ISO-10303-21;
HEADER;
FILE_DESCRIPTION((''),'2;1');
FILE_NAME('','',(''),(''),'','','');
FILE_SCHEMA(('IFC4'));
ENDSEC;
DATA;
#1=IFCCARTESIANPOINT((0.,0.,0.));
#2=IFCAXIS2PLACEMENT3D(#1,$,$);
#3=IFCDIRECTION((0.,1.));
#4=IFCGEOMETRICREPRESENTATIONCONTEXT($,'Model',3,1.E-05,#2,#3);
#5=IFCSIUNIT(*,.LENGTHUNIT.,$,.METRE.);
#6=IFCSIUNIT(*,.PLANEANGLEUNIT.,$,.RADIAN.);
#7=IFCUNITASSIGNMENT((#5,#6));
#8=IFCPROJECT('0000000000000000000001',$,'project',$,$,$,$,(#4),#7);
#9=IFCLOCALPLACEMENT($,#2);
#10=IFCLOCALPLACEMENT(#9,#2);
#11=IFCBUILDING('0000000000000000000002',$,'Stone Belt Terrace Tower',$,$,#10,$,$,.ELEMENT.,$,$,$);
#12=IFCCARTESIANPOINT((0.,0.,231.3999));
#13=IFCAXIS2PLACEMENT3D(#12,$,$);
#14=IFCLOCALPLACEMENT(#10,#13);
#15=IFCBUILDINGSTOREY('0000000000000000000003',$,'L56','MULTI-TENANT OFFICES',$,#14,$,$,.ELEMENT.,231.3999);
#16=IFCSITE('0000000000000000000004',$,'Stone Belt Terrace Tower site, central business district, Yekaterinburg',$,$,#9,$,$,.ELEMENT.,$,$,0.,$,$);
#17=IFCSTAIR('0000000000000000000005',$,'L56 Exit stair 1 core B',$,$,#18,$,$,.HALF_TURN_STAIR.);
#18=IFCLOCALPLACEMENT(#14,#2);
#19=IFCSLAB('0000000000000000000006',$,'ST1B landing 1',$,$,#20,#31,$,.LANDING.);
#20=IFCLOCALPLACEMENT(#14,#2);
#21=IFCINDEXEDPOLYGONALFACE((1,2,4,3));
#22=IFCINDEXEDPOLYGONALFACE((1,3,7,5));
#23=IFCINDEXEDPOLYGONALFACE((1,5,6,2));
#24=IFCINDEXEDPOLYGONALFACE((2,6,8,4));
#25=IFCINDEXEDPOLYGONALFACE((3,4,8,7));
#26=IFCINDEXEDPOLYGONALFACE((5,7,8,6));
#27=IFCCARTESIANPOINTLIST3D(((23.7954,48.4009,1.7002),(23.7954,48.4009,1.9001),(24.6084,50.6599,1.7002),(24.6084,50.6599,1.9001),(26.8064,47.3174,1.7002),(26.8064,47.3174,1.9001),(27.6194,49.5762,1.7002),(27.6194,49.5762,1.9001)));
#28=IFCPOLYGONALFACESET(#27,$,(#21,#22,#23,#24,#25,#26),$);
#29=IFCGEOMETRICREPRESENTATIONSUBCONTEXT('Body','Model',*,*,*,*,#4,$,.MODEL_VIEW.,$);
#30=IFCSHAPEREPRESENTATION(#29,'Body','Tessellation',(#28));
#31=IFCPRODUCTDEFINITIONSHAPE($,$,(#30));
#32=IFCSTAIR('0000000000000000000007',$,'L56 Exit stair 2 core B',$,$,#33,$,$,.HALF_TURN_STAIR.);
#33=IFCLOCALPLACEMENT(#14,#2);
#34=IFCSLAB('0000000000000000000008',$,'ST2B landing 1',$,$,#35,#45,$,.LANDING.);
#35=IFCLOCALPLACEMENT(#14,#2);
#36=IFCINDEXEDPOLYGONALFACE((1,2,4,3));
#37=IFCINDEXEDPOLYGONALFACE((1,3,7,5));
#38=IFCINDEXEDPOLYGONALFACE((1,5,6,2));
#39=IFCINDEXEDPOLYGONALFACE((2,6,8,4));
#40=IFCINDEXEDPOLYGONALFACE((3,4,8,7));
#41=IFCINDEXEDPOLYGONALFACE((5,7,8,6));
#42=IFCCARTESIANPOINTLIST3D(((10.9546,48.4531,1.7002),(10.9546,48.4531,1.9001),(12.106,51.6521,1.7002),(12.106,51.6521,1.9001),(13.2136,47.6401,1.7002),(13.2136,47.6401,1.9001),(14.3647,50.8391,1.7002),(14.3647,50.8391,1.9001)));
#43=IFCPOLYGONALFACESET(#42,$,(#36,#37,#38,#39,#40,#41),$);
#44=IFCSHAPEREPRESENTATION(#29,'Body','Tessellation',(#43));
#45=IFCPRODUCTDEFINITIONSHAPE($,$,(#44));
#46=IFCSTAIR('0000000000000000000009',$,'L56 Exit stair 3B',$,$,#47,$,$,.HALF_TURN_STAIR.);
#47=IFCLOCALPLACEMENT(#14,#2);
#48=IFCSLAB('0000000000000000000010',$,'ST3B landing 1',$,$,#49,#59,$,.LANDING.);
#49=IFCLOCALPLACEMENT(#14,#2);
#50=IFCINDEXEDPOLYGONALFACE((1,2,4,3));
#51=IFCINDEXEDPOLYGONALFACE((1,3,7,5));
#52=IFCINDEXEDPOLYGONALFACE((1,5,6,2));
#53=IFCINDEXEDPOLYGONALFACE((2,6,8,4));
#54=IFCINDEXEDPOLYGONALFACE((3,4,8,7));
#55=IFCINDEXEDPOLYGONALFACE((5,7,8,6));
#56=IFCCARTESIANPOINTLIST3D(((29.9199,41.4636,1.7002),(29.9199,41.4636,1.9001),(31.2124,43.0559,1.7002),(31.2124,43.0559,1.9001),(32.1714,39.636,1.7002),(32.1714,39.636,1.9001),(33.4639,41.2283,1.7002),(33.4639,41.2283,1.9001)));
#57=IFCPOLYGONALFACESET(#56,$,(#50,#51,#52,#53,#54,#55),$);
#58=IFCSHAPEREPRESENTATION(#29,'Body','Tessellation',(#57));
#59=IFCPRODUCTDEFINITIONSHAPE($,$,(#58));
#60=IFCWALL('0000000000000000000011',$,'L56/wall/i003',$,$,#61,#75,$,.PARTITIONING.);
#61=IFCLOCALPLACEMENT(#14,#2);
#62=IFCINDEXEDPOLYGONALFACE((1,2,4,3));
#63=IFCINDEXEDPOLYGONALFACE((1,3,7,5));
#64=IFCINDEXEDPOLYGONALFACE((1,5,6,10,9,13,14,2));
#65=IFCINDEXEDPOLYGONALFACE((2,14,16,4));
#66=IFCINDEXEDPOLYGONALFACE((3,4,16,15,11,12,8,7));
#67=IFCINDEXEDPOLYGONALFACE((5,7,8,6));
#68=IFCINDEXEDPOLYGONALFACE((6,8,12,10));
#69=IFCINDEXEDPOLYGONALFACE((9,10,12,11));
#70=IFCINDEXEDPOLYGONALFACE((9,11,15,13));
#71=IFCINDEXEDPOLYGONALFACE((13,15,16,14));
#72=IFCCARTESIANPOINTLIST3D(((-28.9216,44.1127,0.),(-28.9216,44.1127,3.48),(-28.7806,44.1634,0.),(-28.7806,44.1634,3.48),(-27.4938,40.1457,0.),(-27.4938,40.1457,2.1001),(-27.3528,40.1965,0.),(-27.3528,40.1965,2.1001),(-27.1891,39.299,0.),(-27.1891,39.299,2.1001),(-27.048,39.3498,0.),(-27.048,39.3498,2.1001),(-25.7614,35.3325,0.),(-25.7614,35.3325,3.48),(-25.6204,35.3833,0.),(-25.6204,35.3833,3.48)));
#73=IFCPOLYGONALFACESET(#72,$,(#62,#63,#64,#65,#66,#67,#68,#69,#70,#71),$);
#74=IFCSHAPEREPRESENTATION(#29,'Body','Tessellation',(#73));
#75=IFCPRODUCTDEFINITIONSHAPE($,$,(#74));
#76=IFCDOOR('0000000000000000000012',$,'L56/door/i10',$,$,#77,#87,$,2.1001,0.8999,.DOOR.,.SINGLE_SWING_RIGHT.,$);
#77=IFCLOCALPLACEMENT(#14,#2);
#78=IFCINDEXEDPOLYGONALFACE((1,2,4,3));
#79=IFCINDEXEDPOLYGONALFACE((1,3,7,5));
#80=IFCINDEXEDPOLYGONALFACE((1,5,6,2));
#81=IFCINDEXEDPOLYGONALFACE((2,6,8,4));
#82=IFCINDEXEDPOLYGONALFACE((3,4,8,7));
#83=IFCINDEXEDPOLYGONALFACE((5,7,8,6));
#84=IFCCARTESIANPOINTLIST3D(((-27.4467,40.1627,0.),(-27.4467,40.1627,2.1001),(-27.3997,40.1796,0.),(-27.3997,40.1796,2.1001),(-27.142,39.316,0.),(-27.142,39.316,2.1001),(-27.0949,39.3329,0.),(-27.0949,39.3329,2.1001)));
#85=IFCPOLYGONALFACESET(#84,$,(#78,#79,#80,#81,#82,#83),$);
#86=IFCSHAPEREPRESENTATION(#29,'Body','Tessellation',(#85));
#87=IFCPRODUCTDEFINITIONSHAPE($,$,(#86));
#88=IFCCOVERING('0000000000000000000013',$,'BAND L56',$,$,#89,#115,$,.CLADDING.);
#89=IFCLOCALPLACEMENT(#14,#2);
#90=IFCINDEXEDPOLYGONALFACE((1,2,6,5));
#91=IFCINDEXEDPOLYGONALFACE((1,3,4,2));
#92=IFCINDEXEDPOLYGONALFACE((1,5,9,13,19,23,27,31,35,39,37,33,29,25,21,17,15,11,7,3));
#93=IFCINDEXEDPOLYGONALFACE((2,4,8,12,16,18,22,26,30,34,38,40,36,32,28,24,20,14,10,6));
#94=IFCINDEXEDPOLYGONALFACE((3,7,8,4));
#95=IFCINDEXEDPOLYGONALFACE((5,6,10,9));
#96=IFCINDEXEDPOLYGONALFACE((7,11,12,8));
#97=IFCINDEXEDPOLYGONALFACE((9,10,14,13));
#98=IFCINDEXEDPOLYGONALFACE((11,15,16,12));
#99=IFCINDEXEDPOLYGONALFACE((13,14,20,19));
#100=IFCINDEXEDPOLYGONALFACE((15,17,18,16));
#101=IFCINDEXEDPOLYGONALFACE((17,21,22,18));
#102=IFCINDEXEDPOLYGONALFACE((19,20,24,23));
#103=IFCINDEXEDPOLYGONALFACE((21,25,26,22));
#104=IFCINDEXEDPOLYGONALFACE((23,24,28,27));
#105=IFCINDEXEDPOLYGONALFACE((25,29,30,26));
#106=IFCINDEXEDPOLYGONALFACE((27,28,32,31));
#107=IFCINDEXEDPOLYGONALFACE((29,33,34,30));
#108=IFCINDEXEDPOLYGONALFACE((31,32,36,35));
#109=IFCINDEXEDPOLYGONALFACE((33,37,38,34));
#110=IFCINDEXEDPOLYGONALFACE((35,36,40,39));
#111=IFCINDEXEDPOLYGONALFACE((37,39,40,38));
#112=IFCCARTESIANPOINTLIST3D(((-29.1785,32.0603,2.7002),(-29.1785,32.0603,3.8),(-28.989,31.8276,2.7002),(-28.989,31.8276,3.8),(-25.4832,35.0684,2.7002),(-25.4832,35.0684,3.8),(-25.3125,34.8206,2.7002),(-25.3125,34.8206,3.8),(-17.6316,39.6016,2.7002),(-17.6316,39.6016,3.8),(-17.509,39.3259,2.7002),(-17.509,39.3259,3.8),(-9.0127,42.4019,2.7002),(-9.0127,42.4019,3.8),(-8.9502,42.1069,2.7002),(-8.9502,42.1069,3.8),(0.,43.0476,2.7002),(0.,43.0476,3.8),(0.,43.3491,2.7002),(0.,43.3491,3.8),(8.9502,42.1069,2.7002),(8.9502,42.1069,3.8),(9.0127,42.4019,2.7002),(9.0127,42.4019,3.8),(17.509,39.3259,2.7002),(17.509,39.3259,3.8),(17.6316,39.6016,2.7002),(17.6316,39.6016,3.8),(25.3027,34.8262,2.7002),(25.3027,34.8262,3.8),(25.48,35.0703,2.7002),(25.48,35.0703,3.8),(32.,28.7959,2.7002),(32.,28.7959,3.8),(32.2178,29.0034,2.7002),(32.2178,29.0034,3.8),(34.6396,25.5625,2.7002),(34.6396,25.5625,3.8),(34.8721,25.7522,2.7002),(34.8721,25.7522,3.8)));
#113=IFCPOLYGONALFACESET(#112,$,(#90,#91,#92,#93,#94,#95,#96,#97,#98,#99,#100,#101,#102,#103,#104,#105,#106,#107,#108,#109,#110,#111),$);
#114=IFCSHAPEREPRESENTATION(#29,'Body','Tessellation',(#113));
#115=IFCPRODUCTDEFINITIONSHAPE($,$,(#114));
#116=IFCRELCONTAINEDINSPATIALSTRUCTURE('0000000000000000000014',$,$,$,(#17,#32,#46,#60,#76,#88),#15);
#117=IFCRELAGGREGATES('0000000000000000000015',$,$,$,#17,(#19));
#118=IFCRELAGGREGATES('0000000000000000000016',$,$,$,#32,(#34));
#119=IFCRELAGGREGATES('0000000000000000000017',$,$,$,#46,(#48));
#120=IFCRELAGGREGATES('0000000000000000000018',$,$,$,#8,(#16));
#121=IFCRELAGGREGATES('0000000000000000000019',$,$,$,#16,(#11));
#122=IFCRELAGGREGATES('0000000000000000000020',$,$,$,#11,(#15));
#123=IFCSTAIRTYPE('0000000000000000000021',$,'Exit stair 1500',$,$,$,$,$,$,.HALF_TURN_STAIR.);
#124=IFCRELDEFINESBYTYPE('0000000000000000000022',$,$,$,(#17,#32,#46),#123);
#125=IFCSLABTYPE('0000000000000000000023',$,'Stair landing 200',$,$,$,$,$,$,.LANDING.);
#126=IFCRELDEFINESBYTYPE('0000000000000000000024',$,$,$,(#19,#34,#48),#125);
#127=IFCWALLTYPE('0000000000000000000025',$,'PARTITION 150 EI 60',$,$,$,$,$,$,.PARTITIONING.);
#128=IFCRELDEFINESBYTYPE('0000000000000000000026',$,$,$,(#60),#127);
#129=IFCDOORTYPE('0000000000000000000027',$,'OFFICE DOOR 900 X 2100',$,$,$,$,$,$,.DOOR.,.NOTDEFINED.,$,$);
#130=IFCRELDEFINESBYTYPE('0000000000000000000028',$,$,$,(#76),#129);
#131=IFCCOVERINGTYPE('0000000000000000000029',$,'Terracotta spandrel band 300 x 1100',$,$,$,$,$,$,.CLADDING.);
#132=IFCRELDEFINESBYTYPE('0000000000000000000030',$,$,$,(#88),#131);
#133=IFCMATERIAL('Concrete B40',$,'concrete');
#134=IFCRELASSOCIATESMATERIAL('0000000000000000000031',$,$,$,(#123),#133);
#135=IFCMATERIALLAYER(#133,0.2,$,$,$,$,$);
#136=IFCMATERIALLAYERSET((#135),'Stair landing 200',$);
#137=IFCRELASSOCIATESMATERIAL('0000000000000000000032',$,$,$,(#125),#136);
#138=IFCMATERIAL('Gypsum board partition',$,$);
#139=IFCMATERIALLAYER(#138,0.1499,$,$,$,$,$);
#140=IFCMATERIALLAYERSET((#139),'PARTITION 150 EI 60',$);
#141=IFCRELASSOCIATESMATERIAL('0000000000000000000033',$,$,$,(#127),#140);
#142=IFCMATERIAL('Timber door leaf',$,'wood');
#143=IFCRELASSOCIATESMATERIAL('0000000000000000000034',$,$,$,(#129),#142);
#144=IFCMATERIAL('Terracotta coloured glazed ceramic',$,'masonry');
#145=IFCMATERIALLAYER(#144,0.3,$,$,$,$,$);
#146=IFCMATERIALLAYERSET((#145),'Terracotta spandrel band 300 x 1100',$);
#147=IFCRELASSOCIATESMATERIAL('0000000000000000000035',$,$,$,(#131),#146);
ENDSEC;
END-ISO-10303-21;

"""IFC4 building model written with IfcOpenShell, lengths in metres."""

from ifc_helpers import new_model, si_unit, direction, frame, frame_2d, origin, place, context, subcontext, project, spatial, polyline, rectangle, outline, extrude, material, layer, layer_set, type_object, element, fill, aggregate, save


model = new_model("IFC4")

# Units and contexts
model_context = context("Model", 3, precision=1e-05, world=origin(), true_north=direction((0.0, 1.0)))
body_context = subcontext(model_context, "Body", "Model", "MODEL_VIEW")
ifc_project = project(units=[si_unit("LENGTHUNIT", "METRE"), si_unit("PLANEANGLEUNIT", "RADIAN")], contexts=[model_context])

# Site, building, storey
site_placement = place(None, origin())
site = spatial("IfcSite", under=ifc_project, at=site_placement, Name="Stone Belt Terrace Tower site, central business district, Yekaterinburg", CompositionType="ELEMENT", RefElevation=0.0)
building_placement = place(site_placement, origin())
building = spatial("IfcBuilding", under=site, at=building_placement, Name="Stone Belt Terrace Tower", CompositionType="ELEMENT")
storey_placement = place(building_placement, frame((0.0, 0.0, 231.3999)))
storey = spatial("IfcBuildingStorey", under=building, at=storey_placement, Name="L56", Description="MULTI-TENANT OFFICES", CompositionType="ELEMENT", Elevation=231.3999)

# Shared definitions
ifc_material_1 = material(Name="Concrete B40", Category="concrete")

# Stairs, slabs
stair_type = type_object("IfcStairType", Name="Exit stair 1500", PredefinedType="HALF_TURN_STAIR", material=ifc_material_1)
ifc_layer_1 = layer(ifc_material_1, 0.2)
ifc_layer_set_1 = layer_set([ifc_layer_1], Name="Stair landing 200")
slab_type_1 = type_object("IfcSlabType", Name="Stair landing 200", PredefinedType="LANDING", material=ifc_layer_set_1)
stair_1_placement = place(storey_placement, origin())
stair_1 = element("IfcStair", 1, at=stair_1_placement, inside=storey, type_object=stair_type, Name="L56 Exit stair 1 core B", PredefinedType="HALF_TURN_STAIR")
slab_1_placement = place(storey_placement, frame((0.0, 0.0, 1.7002)))
slab_1 = element("IfcSlab", 2, at=slab_1_placement, type_object=slab_type_1, Name="ST1B landing 1", PredefinedType="LANDING", context=body_context, shape_type="SweptSolid", body=[
    extrude(outline(polyline([(26.8064, 47.3174), (27.6194, 49.5762), (24.6084, 50.6599), (23.7954, 48.4009), (26.8064, 47.3174)])), origin(), (0.0, 0.0, 1.0), 0.2),
])
aggregate(stair_1, [slab_1])
stair_2_placement = place(storey_placement, origin())
stair_2 = element("IfcStair", 3, at=stair_2_placement, inside=storey, type_object=stair_type, Name="L56 Exit stair 2 core B", PredefinedType="HALF_TURN_STAIR")
slab_2_placement = place(storey_placement, frame((0.0, 0.0, 1.7002)))
slab_2 = element("IfcSlab", 4, at=slab_2_placement, type_object=slab_type_1, Name="ST2B landing 1", PredefinedType="LANDING", context=body_context, shape_type="SweptSolid", body=[
    extrude(outline(polyline([(14.3647, 50.8391), (12.106, 51.6521), (10.9546, 48.4531), (13.2136, 47.6401), (14.3647, 50.8391)])), origin(), (0.0, 0.0, 1.0), 0.2),
])
aggregate(stair_2, [slab_2])
stair_3_placement = place(storey_placement, origin())
stair_3 = element("IfcStair", 5, at=stair_3_placement, inside=storey, type_object=stair_type, Name="L56 Exit stair 3B", PredefinedType="HALF_TURN_STAIR")
slab_3_placement = place(storey_placement, frame((0.0, 0.0, 1.7002)))
slab_3 = element("IfcSlab", 6, at=slab_3_placement, type_object=slab_type_1, Name="ST3B landing 1", PredefinedType="LANDING", context=body_context, shape_type="SweptSolid", body=[
    extrude(outline(polyline([(32.1714, 39.636), (33.4639, 41.2283), (31.2124, 43.0559), (29.9199, 41.4636), (32.1714, 39.636)])), origin(), (0.0, 0.0, 1.0), 0.2),
])
aggregate(stair_3, [slab_3])

# Wall, opening, door
ifc_material_2 = material(Name="Gypsum board partition")
ifc_layer_2 = layer(ifc_material_2, 0.1499)
ifc_layer_set_2 = layer_set([ifc_layer_2], Name="PARTITION 150 EI 60")
wall_type = type_object("IfcWallType", Name="PARTITION 150 EI 60", PredefinedType="PARTITIONING", material=ifc_layer_set_2)
wall_placement = place(storey_placement, frame((-25.6909, 35.3579, 0.0), z_axis=(0.0, 0.0, 1.0), x_axis=(-0.338657, 0.94091, 0.0)))
wall = element("IfcWall", 7, at=wall_placement, inside=storey, type_object=wall_type, Name="L56/wall/i003", PredefinedType="PARTITIONING", context=body_context, shape_type="SweptSolid", body=[
    extrude(rectangle(XDim=9.3315, YDim=0.1499, at=frame_2d((4.6658, 0.0))), origin(), (0.0, 0.0, 1.0), 3.48),
])
opening_placement = place(wall_placement, frame((4.2156, 0.0, 0.0)))
opening = element("IfcOpeningElement", 8, at=opening_placement, cuts=wall, PredefinedType="OPENING", context=body_context, shape_type="SweptSolid", body=[
    extrude(rectangle(XDim=0.8999, YDim=2.1001, at=frame_2d((0.45, 1.05))), frame((0.0, 0.085, 0.0), z_axis=(0.0, -1.0, 0.0), x_axis=(1.0, 0.0, 0.0)), (0.0, 0.0, 1.0), 0.1699),
])
ifc_material_3 = material(Name="Timber door leaf", Category="wood")
door_type = type_object("IfcDoorType", Name="OFFICE DOOR 900 X 2100", OperationType="NOTDEFINED", PredefinedType="DOOR", material=ifc_material_3)
door_placement = place(opening_placement, origin())
door = element("IfcDoor", 9, at=door_placement, inside=storey, type_object=door_type, Name="L56/door/i10", OperationType="SINGLE_SWING_RIGHT", OverallHeight=2.1001, OverallWidth=0.8999, PredefinedType="DOOR", context=body_context, shape_type="SweptSolid", body=[
    extrude(rectangle(XDim=0.8999, YDim=2.1001, at=frame_2d((0.45, 1.05))), frame((0.0, 0.0249, 0.0), z_axis=(0.0, -1.0, 0.0), x_axis=(1.0, 0.0, 0.0)), (0.0, 0.0, 1.0), 0.05),
])
fill(opening, door)

# Covering
ifc_material_4 = material(Name="Terracotta coloured glazed ceramic", Category="masonry")
ifc_layer_3 = layer(ifc_material_4, 0.3)
ifc_layer_set_3 = layer_set([ifc_layer_3], Name="Terracotta spandrel band 300 x 1100")
covering_type = type_object("IfcCoveringType", Name="Terracotta spandrel band 300 x 1100", PredefinedType="CLADDING", material=ifc_layer_set_3)
covering_placement = place(storey_placement, frame((0.0, 0.0, 2.7002)))
element("IfcCovering", 10, at=covering_placement, inside=storey, type_object=covering_type, Name="BAND L56", PredefinedType="CLADDING", context=body_context, shape_type="SweptSolid", body=[
    extrude(outline(polyline([(-29.1785, 32.0603), (-25.4832, 35.0684), (-17.6316, 39.6016), (-9.0127, 42.4019), (0.0, 43.3491), (9.0127, 42.4019), (17.6316, 39.6016), (25.48, 35.0703), (32.2178, 29.0034), (34.8721, 25.7522), (34.6396, 25.5625), (32.0, 28.7959), (25.3027, 34.8262), (17.509, 39.3259), (8.9502, 42.1069), (0.0, 43.0476), (-8.9502, 42.1069), (-17.509, 39.3259), (-25.3125, 34.8206), (-28.989, 31.8276), (-29.1785, 32.0603)])), origin(), (0.0, 0.0, 1.0), 1.0999),
])

save(model, "model.ifc")
